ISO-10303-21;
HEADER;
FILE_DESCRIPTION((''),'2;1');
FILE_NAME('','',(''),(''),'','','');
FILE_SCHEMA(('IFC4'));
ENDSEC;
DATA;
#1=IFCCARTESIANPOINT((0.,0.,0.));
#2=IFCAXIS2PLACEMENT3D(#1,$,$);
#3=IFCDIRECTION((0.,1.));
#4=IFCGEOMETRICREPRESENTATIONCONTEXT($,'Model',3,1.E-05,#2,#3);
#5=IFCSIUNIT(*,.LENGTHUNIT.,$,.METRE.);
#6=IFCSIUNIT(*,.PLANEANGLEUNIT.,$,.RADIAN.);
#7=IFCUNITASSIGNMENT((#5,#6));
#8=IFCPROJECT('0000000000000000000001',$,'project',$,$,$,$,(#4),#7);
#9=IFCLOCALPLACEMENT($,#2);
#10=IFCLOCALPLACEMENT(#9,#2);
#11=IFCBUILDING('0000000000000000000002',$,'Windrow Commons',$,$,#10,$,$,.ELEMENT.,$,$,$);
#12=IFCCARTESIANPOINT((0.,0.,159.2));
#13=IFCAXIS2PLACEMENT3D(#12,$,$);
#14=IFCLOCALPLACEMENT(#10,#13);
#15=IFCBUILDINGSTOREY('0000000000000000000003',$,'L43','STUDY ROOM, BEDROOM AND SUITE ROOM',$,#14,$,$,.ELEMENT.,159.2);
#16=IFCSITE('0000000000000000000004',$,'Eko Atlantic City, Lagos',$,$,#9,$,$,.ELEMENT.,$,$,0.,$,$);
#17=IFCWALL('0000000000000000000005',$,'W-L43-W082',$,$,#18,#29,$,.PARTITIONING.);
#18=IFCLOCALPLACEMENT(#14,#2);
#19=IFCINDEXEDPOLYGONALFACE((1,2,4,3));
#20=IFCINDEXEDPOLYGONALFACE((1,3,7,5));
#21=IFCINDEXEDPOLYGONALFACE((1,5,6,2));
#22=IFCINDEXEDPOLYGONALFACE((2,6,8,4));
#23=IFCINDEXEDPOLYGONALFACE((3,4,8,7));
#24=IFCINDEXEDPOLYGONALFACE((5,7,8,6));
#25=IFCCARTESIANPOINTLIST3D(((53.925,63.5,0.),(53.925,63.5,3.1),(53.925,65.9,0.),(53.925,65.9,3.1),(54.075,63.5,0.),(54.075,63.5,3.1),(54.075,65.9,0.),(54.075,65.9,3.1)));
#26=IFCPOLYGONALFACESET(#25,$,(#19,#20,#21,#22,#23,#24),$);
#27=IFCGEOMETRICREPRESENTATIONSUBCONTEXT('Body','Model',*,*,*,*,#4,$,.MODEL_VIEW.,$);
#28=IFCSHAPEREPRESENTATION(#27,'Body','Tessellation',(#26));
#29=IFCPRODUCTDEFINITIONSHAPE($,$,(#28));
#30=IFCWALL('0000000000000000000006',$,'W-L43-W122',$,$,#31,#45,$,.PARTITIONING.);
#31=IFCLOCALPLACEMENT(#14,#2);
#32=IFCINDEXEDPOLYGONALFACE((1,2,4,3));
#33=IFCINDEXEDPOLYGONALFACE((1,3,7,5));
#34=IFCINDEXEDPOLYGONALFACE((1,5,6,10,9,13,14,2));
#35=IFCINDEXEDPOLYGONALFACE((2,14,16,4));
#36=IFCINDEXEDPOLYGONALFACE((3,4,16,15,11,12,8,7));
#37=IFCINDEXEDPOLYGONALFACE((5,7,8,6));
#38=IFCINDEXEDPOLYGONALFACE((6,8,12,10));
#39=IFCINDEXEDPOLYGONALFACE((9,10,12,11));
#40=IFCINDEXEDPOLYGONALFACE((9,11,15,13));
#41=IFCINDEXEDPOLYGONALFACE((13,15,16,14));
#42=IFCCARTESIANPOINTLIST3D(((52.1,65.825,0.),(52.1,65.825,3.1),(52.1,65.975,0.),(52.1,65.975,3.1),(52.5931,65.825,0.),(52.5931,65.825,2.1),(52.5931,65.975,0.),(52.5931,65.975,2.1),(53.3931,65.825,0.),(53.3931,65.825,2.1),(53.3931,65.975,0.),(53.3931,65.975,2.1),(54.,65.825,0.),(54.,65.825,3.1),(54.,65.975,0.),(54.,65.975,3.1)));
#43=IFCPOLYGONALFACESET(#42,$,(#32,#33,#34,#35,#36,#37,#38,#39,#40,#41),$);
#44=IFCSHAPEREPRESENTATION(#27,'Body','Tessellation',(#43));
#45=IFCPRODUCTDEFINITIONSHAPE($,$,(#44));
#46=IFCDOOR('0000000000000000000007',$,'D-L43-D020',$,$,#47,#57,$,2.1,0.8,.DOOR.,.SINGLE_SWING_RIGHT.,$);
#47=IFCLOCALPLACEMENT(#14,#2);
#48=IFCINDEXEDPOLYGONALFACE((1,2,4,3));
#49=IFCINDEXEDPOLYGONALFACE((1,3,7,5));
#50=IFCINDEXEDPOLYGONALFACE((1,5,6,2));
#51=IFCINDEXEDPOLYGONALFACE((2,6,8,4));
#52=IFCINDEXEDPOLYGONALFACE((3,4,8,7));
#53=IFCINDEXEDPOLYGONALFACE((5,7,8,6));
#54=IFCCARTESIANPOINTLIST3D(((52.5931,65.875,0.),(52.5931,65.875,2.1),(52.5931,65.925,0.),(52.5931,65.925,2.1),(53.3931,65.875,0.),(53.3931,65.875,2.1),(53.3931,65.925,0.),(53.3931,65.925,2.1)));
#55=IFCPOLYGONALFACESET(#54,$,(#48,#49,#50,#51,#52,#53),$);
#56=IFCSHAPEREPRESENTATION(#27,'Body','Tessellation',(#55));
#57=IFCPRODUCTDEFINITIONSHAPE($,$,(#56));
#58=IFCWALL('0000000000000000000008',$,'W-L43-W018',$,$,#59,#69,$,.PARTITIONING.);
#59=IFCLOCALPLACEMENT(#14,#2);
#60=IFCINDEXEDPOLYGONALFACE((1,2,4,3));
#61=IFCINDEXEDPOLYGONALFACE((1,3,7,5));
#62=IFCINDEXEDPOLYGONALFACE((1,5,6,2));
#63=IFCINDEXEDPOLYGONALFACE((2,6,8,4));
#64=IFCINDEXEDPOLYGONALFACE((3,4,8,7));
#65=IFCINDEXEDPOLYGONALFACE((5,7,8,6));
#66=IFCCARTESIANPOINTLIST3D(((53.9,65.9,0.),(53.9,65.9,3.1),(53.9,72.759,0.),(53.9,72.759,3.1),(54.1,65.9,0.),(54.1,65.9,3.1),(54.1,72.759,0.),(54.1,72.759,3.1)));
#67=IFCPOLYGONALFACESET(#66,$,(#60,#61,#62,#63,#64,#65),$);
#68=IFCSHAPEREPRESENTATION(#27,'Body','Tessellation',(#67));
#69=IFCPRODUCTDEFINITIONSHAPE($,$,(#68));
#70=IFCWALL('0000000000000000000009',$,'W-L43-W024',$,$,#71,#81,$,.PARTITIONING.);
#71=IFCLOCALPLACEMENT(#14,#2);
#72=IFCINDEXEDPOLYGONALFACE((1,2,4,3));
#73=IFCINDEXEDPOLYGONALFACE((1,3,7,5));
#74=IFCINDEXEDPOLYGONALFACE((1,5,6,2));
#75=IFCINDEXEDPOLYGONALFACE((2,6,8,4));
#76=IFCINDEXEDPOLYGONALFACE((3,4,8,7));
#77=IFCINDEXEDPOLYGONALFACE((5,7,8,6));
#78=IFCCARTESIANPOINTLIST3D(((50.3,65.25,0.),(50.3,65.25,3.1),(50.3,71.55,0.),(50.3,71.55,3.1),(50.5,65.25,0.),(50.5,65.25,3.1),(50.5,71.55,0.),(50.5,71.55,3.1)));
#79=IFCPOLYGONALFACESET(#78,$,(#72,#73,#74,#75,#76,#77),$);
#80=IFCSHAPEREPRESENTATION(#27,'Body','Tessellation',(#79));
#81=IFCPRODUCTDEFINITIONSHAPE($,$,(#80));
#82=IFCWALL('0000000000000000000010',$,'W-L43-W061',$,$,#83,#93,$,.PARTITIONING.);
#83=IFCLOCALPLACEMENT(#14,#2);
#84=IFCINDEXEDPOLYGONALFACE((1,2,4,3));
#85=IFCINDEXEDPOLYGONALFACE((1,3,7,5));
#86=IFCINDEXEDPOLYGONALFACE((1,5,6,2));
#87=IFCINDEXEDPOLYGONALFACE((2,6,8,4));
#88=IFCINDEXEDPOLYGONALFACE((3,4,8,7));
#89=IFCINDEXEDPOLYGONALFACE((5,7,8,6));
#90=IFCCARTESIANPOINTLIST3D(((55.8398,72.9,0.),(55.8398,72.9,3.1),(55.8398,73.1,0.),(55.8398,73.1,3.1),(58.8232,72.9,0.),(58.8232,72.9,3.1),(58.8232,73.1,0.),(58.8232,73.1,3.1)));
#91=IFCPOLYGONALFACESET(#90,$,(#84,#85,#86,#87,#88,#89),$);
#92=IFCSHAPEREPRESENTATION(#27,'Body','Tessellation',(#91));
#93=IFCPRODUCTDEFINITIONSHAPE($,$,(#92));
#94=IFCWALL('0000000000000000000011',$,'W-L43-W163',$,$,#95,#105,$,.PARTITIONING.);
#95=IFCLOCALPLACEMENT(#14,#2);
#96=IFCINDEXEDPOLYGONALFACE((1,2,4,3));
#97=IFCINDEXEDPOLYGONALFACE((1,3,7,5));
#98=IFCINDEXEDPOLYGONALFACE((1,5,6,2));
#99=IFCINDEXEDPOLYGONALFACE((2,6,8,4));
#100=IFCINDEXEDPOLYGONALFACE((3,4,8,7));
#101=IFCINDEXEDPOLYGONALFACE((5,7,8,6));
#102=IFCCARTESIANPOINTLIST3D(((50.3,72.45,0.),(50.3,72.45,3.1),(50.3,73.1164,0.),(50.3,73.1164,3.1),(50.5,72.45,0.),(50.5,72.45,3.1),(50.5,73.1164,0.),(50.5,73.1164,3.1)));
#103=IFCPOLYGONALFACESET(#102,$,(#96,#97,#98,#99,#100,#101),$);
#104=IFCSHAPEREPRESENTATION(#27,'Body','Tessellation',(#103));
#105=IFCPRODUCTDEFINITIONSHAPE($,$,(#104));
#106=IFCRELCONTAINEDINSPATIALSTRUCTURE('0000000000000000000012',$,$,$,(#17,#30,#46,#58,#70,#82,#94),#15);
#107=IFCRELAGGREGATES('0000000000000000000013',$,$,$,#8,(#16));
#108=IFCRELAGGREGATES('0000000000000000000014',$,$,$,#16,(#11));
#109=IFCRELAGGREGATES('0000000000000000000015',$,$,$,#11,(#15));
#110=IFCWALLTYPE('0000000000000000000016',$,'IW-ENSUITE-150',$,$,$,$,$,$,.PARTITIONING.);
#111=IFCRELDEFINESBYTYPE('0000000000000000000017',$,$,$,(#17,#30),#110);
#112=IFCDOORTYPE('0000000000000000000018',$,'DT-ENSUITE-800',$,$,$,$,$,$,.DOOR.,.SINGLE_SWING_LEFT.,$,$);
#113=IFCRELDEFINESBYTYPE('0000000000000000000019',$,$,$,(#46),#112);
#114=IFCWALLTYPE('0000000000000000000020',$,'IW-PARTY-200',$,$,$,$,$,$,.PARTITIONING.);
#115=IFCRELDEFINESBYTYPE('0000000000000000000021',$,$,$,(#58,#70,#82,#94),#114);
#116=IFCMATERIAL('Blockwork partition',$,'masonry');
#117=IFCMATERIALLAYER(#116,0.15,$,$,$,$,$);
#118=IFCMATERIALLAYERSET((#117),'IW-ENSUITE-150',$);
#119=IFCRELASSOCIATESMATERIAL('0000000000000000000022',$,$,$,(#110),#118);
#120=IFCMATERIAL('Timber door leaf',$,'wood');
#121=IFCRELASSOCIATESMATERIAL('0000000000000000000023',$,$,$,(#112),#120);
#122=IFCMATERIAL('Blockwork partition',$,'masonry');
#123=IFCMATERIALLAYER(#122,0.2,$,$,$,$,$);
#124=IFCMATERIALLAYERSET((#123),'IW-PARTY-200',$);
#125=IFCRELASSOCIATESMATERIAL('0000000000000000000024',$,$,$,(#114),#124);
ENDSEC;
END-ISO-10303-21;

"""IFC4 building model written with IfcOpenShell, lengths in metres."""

from ifc_helpers import new_model, si_unit, direction, frame, frame_2d, origin, place, context, subcontext, project, spatial, rectangle, extrude, material, layer, layer_set, type_object, element, fill, save


model = new_model("IFC4")

# Units and contexts
model_context = context("Model", 3, precision=1e-05, world=origin(), true_north=direction((0.0, 1.0)))
body_context = subcontext(model_context, "Body", "Model", "MODEL_VIEW")
ifc_project = project(units=[si_unit("LENGTHUNIT", "METRE"), si_unit("PLANEANGLEUNIT", "RADIAN")], contexts=[model_context])

# Site, building, storey
site_placement = place(None, origin())
site = spatial("IfcSite", under=ifc_project, at=site_placement, Name="Eko Atlantic City, Lagos", CompositionType="ELEMENT", RefElevation=0.0)
building_placement = place(site_placement, origin())
building = spatial("IfcBuilding", under=site, at=building_placement, Name="Windrow Commons", CompositionType="ELEMENT")
storey_placement = place(building_placement, frame((0.0, 0.0, 159.2)))
storey = spatial("IfcBuildingStorey", under=building, at=storey_placement, Name="L43", Description="STUDY ROOM, BEDROOM AND SUITE ROOM", CompositionType="ELEMENT", Elevation=159.2)

# Wall
ifc_material_1 = material(Name="Blockwork partition", Category="masonry")
ifc_layer_1 = layer(ifc_material_1, 0.15)
ifc_layer_set_1 = layer_set([ifc_layer_1], Name="IW-ENSUITE-150")
wall_type_1 = type_object("IfcWallType", Name="IW-ENSUITE-150", PredefinedType="PARTITIONING", material=ifc_layer_set_1)
for number, where, z_axis, x_axis, name in (
    (1, (54.0, 63.5, 0.0), (0.0, 0.0, 1.0), (0.0, 1.0, 0.0), "W-L43-W082"),
):
    element("IfcWall", number, at=place(storey_placement, frame(where, z_axis=z_axis, x_axis=x_axis)), inside=storey, type_object=wall_type_1, Name=name, PredefinedType="PARTITIONING", context=body_context, shape_type="SweptSolid", body=[
        extrude(rectangle(XDim=2.4, YDim=0.15, at=frame_2d((1.2, 0.0))), origin(), (0.0, 0.0, 1.0), 3.1),
    ])

# Wall, opening, door
wall_1_placement = place(storey_placement, frame((52.1, 65.9, 0.0), z_axis=(0.0, 0.0, 1.0), x_axis=(1.0, 0.0, 0.0)))
wall_1 = element("IfcWall", 2, at=wall_1_placement, inside=storey, type_object=wall_type_1, Name="W-L43-W122", PredefinedType="PARTITIONING", context=body_context, shape_type="SweptSolid", body=[
    extrude(rectangle(XDim=1.9, YDim=0.15, at=frame_2d((0.95, 0.0))), origin(), (0.0, 0.0, 1.0), 3.1),
])
opening_1_placement = place(wall_1_placement, frame((0.4931, 0.0, 0.0)))
opening_1 = element("IfcOpeningElement", 3, at=opening_1_placement, cuts=wall_1, PredefinedType="OPENING", context=body_context, shape_type="SweptSolid", body=[
    extrude(rectangle(XDim=0.8, YDim=2.1, at=frame_2d((0.4, 1.05))), frame((0.0, 0.085, 0.0), z_axis=(0.0, -1.0, 0.0), x_axis=(1.0, 0.0, 0.0)), (0.0, 0.0, 1.0), 0.17),
])
ifc_material_2 = material(Name="Timber door leaf", Category="wood")
door_type_1 = type_object("IfcDoorType", Name="DT-ENSUITE-800", OperationType="SINGLE_SWING_LEFT", PredefinedType="DOOR", material=ifc_material_2)
door_1_placement = place(opening_1_placement, origin())
door_1 = element("IfcDoor", 4, at=door_1_placement, inside=storey, type_object=door_type_1, Name="D-L43-D020", OperationType="SINGLE_SWING_RIGHT", OverallHeight=2.1, OverallWidth=0.8, PredefinedType="DOOR", context=body_context, shape_type="SweptSolid", body=[
    extrude(rectangle(XDim=0.8, YDim=2.1, at=frame_2d((0.4, 1.05))), frame((0.0, 0.025, 0.0), z_axis=(0.0, -1.0, 0.0), x_axis=(1.0, 0.0, 0.0)), (0.0, 0.0, 1.0), 0.05),
])
fill(opening_1, door_1)

# Walls
ifc_material_3 = material(Name="Blockwork partition", Category="masonry")
ifc_layer_2 = layer(ifc_material_3, 0.2)
ifc_layer_set_2 = layer_set([ifc_layer_2], Name="IW-PARTY-200")
wall_type_2 = type_object("IfcWallType", Name="IW-PARTY-200", PredefinedType="PARTITIONING", material=ifc_layer_set_2)
wall_2_placement = place(storey_placement, frame((54.0, 65.9, 0.0), z_axis=(0.0, 0.0, 1.0), x_axis=(0.0, 1.0, 0.0)))
element("IfcWall", 5, at=wall_2_placement, inside=storey, type_object=wall_type_2, Name="W-L43-W018", PredefinedType="PARTITIONING", context=body_context, shape_type="SweptSolid", body=[
    extrude(rectangle(XDim=6.8591, YDim=0.2, at=frame_2d((3.4295, 0.0))), origin(), (0.0, 0.0, 1.0), 3.1),
])
wall_3_placement = place(storey_placement, frame((50.4, 65.25, 0.0), z_axis=(0.0, 0.0, 1.0), x_axis=(0.0, 1.0, 0.0)))
element("IfcWall", 6, at=wall_3_placement, inside=storey, type_object=wall_type_2, Name="W-L43-W024", PredefinedType="PARTITIONING", context=body_context, shape_type="SweptSolid", body=[
    extrude(rectangle(XDim=6.3, YDim=0.2, at=frame_2d((3.15, 0.0))), origin(), (0.0, 0.0, 1.0), 3.1),
])
wall_4_placement = place(storey_placement, frame((55.8398, 73.0, 0.0), z_axis=(0.0, 0.0, 1.0), x_axis=(1.0, 0.0, 0.0)))
element("IfcWall", 7, at=wall_4_placement, inside=storey, type_object=wall_type_2, Name="W-L43-W061", PredefinedType="PARTITIONING", context=body_context, shape_type="SweptSolid", body=[
    extrude(rectangle(XDim=2.9835, YDim=0.2, at=frame_2d((1.4917, 0.0))), origin(), (0.0, 0.0, 1.0), 3.1),
])
wall_5_placement = place(storey_placement, frame((50.4, 72.45, 0.0), z_axis=(0.0, 0.0, 1.0), x_axis=(0.0, 1.0, 0.0)))
element("IfcWall", 8, at=wall_5_placement, inside=storey, type_object=wall_type_2, Name="W-L43-W163", PredefinedType="PARTITIONING", context=body_context, shape_type="SweptSolid", body=[
    extrude(rectangle(XDim=0.6664, YDim=0.2, at=frame_2d((0.3332, 0.0))), origin(), (0.0, 0.0, 1.0), 3.1),
])

save(model, "model.ifc")
